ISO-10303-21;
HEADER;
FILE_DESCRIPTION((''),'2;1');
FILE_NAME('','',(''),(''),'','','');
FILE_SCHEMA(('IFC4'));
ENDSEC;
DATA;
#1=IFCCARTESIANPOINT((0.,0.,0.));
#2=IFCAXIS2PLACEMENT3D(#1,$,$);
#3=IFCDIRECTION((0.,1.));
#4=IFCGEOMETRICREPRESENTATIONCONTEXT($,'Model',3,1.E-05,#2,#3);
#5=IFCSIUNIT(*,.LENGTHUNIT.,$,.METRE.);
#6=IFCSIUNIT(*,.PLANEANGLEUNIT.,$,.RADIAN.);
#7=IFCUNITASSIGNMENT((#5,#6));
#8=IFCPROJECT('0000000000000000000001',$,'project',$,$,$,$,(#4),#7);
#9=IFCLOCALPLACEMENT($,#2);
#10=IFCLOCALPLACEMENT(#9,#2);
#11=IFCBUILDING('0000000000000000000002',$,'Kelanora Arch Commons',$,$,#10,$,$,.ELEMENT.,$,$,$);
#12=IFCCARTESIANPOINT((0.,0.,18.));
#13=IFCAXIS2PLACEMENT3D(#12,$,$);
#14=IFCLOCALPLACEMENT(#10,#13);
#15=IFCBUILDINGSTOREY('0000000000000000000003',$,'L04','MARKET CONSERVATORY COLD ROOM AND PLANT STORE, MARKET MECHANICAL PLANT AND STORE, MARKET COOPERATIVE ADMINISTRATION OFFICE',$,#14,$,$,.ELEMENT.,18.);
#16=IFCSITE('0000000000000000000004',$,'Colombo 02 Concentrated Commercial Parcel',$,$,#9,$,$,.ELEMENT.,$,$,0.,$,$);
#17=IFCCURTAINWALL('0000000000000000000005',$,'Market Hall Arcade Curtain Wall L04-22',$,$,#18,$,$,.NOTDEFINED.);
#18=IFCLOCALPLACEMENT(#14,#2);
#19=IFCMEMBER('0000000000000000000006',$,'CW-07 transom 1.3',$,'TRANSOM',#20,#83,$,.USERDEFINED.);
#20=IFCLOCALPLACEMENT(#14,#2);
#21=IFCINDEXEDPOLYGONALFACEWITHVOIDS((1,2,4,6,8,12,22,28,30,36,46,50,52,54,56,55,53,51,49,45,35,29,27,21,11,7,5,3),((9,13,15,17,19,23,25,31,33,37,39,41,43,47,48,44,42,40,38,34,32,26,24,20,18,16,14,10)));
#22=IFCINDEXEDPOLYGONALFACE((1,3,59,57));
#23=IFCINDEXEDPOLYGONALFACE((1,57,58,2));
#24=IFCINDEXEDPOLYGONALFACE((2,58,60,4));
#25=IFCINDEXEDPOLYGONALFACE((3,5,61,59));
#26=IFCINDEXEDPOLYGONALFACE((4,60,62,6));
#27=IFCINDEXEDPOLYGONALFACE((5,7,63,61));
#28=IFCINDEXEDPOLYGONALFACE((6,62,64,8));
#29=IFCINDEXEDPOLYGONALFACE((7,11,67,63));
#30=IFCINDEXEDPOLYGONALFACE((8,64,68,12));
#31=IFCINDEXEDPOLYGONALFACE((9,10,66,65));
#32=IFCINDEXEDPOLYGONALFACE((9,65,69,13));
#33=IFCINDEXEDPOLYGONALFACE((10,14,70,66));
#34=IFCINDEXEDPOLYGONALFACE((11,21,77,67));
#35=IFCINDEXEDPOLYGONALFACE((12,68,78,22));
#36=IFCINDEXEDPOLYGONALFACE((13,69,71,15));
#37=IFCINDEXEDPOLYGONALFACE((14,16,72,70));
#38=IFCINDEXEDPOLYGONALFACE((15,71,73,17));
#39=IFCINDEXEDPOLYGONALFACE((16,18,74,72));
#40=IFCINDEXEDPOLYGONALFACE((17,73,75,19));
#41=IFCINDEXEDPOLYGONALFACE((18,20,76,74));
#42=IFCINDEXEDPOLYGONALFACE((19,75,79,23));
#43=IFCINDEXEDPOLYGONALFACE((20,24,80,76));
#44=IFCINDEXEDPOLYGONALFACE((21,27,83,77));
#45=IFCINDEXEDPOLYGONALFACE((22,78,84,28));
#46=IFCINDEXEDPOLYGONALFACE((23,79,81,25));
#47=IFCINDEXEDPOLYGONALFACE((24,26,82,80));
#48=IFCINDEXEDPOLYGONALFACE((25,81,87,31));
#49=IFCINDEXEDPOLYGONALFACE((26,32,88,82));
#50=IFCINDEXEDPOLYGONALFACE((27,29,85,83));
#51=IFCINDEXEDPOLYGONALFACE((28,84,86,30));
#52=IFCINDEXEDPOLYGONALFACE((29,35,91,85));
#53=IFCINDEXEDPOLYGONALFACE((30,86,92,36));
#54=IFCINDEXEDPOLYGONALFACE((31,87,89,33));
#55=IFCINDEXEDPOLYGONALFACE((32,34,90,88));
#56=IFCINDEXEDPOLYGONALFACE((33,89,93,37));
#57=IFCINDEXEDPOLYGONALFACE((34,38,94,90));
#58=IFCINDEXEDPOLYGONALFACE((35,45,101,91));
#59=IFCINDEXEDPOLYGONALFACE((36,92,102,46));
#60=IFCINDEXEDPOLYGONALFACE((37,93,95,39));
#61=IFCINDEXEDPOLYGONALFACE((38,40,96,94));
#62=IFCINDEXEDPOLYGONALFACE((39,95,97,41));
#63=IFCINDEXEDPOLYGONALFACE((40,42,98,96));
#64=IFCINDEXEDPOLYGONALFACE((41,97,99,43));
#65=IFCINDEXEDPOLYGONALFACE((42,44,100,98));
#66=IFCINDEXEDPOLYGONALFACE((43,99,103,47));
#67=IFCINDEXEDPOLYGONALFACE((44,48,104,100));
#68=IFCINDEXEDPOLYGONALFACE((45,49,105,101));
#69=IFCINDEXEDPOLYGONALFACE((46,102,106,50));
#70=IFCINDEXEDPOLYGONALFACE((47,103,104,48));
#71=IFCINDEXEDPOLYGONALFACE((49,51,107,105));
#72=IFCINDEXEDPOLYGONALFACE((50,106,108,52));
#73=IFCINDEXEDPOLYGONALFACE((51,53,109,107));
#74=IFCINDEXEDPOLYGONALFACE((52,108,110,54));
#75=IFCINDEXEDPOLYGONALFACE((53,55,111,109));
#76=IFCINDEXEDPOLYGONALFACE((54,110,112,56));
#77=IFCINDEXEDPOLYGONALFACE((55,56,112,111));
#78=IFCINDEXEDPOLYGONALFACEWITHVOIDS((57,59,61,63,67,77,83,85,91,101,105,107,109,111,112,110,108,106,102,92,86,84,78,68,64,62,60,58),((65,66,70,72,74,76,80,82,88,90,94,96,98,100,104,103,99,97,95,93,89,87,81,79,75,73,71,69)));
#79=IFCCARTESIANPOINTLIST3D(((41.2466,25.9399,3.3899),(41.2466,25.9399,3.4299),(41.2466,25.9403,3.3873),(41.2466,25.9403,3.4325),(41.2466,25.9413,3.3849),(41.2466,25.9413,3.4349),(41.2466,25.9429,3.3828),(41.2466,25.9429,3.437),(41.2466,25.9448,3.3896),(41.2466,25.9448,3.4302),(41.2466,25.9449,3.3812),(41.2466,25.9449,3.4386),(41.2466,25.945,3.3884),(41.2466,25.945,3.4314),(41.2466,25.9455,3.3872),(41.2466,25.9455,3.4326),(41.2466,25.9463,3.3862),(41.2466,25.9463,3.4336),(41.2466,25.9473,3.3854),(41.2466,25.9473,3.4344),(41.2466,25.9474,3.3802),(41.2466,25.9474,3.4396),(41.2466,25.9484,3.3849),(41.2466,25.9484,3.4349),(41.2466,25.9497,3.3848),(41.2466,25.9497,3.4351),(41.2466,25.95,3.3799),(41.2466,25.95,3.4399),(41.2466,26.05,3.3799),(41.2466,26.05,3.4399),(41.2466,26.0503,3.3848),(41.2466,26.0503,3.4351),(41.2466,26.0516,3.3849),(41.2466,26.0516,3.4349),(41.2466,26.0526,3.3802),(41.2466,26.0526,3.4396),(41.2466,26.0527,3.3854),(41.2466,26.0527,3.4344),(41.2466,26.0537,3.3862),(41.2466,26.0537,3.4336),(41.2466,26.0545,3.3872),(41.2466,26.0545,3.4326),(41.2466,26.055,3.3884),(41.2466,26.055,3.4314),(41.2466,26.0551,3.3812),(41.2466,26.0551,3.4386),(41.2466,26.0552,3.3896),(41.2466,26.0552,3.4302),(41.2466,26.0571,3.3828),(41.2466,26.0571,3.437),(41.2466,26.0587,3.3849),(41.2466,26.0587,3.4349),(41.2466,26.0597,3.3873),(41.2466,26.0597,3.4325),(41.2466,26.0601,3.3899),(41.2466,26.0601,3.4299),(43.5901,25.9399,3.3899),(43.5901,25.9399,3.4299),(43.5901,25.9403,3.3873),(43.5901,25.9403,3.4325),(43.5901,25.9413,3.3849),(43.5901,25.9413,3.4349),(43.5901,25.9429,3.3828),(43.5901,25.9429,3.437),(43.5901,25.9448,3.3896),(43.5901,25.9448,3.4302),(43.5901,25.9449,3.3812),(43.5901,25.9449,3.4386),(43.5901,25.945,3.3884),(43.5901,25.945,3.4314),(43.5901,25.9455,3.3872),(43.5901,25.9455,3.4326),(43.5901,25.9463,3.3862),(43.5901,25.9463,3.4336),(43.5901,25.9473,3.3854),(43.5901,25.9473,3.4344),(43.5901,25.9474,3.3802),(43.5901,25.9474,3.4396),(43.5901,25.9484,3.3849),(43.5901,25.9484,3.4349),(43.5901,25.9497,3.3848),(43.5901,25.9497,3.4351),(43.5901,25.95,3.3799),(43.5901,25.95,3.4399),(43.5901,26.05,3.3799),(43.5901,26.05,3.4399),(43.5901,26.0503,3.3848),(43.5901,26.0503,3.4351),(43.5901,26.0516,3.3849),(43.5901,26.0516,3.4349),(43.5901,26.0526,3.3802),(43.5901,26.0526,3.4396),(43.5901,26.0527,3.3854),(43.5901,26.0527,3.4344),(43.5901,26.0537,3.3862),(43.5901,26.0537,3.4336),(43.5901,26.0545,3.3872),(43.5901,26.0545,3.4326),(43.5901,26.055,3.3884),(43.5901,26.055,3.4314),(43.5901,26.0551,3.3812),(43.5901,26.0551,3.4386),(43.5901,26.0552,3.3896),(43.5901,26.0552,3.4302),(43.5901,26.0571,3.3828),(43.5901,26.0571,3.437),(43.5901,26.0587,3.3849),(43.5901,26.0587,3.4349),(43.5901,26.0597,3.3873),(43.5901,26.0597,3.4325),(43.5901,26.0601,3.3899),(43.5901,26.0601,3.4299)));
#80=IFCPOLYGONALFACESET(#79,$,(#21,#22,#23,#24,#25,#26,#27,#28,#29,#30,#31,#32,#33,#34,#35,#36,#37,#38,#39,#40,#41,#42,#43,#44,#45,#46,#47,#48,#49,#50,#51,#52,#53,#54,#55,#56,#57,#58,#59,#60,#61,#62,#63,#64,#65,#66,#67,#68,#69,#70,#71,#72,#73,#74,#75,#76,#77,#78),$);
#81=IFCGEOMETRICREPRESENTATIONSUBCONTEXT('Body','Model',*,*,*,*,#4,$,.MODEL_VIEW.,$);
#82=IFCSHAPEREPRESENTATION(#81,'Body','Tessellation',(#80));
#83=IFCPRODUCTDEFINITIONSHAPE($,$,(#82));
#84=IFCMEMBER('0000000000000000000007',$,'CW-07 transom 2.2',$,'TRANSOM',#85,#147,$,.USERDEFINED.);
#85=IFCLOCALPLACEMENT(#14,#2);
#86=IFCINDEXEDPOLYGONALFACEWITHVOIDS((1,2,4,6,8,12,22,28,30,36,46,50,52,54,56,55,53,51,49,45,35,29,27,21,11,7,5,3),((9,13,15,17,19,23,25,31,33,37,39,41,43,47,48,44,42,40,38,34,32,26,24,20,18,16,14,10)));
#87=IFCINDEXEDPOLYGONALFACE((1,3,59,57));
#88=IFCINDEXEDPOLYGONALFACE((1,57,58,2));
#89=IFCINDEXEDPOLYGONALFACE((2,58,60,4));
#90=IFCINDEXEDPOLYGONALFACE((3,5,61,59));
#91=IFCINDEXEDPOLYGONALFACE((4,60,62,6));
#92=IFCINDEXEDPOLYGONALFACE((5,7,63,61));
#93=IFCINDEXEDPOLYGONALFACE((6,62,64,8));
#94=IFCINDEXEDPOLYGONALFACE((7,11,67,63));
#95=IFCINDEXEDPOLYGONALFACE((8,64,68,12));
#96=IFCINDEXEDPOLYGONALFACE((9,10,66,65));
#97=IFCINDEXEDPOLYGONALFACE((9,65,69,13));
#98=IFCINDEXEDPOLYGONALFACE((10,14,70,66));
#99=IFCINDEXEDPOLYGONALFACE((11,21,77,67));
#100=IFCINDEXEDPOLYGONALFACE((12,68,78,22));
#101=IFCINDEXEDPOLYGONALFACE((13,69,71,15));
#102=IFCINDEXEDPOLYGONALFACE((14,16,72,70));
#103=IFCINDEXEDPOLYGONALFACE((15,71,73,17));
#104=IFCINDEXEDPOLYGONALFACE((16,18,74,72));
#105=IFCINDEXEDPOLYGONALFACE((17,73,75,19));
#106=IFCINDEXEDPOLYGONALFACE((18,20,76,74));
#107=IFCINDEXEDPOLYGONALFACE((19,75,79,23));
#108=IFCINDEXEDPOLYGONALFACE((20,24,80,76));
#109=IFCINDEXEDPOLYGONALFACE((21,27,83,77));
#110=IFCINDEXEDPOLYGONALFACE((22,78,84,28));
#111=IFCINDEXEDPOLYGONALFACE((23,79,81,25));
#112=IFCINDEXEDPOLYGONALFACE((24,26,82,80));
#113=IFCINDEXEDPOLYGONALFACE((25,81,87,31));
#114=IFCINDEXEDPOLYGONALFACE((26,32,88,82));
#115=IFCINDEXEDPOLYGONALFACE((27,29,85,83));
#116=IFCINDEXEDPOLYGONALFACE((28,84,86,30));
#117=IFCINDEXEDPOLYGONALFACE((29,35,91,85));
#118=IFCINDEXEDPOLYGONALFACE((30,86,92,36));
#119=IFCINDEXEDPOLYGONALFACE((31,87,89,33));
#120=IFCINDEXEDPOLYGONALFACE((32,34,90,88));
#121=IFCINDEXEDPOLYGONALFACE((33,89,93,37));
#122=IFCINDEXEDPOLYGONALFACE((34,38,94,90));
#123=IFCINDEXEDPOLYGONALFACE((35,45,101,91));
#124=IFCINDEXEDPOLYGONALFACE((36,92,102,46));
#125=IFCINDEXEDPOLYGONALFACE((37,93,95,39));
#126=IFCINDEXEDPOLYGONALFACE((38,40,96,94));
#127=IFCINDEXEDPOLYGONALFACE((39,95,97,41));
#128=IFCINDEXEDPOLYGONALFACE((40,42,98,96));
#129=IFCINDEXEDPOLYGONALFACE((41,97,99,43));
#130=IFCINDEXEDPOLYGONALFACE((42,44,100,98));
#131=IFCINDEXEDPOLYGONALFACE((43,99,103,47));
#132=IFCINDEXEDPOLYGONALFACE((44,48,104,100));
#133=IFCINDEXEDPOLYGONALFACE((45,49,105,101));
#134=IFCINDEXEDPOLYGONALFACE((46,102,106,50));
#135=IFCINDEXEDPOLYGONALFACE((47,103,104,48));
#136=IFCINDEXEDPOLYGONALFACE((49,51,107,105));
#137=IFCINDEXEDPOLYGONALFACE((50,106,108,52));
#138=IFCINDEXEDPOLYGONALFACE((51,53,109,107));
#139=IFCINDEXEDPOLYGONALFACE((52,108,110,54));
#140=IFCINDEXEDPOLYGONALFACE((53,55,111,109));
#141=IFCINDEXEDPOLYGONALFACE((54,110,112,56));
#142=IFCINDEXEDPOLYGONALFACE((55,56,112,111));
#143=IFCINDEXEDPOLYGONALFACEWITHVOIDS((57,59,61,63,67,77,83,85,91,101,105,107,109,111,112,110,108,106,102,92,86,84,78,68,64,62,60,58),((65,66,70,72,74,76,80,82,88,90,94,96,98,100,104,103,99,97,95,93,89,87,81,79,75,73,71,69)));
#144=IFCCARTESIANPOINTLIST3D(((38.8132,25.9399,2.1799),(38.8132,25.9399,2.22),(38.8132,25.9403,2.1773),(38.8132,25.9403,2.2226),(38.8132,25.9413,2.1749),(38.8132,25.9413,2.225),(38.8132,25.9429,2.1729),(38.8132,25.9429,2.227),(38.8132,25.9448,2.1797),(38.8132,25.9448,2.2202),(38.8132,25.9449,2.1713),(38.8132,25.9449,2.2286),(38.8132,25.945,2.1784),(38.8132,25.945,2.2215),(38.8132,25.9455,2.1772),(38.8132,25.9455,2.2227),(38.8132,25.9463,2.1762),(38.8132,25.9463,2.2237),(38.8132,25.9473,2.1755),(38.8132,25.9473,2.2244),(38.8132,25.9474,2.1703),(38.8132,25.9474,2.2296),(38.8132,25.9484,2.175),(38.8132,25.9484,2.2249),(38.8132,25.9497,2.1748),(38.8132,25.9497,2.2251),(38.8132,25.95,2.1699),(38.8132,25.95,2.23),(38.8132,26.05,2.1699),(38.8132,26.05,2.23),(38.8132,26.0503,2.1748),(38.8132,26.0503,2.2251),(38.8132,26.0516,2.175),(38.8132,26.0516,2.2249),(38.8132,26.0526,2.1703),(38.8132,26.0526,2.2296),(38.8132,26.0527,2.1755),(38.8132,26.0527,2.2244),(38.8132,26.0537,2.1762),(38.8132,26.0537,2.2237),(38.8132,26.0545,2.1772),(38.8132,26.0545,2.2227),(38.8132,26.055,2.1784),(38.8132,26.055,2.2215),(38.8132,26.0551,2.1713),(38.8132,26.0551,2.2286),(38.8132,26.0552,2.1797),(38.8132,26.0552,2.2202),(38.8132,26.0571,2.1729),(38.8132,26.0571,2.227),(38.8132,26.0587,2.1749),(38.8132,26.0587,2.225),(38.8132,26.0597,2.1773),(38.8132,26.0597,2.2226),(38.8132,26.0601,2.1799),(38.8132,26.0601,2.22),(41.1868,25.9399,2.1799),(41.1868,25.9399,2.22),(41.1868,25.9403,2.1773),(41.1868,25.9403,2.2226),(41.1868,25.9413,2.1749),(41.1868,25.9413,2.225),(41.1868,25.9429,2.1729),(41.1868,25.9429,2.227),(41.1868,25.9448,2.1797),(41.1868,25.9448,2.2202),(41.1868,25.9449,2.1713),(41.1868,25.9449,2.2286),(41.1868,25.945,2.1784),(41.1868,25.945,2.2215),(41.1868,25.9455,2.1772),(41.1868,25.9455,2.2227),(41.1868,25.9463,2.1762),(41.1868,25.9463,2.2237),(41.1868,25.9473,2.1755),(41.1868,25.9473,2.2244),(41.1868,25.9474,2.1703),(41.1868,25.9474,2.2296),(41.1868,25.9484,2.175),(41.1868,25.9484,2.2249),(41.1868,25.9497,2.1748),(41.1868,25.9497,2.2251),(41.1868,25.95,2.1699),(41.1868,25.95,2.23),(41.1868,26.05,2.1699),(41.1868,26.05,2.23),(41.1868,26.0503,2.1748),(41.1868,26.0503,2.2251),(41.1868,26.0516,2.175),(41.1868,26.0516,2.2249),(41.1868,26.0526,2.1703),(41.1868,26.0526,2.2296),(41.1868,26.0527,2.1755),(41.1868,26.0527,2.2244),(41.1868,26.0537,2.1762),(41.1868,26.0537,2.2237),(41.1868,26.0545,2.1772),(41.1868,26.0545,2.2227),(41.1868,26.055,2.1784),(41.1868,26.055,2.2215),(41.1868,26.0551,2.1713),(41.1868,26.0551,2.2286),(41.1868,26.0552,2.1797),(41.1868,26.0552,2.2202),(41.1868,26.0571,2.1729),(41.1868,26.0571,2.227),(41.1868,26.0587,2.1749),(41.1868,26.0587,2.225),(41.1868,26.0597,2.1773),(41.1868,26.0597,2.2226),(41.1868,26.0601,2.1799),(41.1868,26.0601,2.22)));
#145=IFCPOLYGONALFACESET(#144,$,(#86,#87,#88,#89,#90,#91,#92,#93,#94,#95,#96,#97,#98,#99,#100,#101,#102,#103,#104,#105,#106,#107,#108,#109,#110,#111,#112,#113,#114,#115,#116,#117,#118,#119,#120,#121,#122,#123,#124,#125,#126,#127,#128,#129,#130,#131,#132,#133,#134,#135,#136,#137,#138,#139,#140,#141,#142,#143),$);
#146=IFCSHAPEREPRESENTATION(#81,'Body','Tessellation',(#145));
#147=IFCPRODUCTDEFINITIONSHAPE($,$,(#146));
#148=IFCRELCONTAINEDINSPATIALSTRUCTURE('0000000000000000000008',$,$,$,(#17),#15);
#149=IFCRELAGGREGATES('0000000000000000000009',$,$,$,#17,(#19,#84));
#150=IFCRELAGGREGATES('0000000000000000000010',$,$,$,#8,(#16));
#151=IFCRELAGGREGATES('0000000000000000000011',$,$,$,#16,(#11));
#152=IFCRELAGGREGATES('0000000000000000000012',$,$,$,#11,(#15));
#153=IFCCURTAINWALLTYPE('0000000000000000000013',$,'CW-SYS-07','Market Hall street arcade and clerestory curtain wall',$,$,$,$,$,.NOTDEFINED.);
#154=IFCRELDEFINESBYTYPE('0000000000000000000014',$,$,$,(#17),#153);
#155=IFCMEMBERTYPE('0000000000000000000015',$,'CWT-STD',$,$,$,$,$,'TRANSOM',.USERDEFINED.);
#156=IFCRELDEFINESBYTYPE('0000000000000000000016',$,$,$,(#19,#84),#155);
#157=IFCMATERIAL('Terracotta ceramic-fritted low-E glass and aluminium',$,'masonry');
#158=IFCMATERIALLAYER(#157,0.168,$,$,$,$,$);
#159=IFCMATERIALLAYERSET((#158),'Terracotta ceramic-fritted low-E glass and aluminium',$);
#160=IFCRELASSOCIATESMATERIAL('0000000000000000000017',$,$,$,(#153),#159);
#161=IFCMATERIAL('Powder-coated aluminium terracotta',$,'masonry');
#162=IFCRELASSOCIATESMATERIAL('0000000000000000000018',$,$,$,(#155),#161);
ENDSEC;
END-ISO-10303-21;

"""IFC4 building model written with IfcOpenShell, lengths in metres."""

from ifc_helpers import new_model, si_unit, direction, frame, origin, origin_2d, place, context, subcontext, project, spatial, hollow_rectangle, extrude, material, layer, layer_set, material_profile, profile_set, type_object, element, aggregate, save


model = new_model("IFC4")

# Units and contexts
model_context = context("Model", 3, precision=1e-05, world=origin(), true_north=direction((0.0, 1.0)))
body_context = subcontext(model_context, "Body", "Model", "MODEL_VIEW")
ifc_project = project(units=[si_unit("LENGTHUNIT", "METRE"), si_unit("PLANEANGLEUNIT", "RADIAN")], contexts=[model_context])

# Site, building, storey
site_placement = place(None, origin())
site = spatial("IfcSite", under=ifc_project, at=site_placement, Name="Colombo 02 Concentrated Commercial Parcel", CompositionType="ELEMENT", RefElevation=0.0)
building_placement = place(site_placement, origin())
building = spatial("IfcBuilding", under=site, at=building_placement, Name="Kelanora Arch Commons", CompositionType="ELEMENT")
storey_placement = place(building_placement, frame((0.0, 0.0, 18.0)))
storey = spatial("IfcBuildingStorey", under=building, at=storey_placement, Name="L04", Description="MARKET CONSERVATORY COLD ROOM AND PLANT STORE, MARKET MECHANICAL PLANT AND STORE, MARKET COOPERATIVE ADMINISTRATION OFFICE", CompositionType="ELEMENT", Elevation=18.0)

# Curtain wall, members
ifc_material_1 = material(Name="Terracotta ceramic-fritted low-E glass and aluminium", Category="masonry")
ifc_layer_1 = layer(ifc_material_1, 0.168)
ifc_layer_set_1 = layer_set([ifc_layer_1], Name="Terracotta ceramic-fritted low-E glass and aluminium")
curtain_wall_type = type_object("IfcCurtainWallType", Name="CW-SYS-07", Description="Market Hall street arcade and clerestory curtain wall", PredefinedType="NOTDEFINED", material=ifc_layer_set_1)
curtain_wall_placement = place(storey_placement, origin())
curtain_wall = element("IfcCurtainWall", 1, at=curtain_wall_placement, inside=storey, type_object=curtain_wall_type, Name="Market Hall Arcade Curtain Wall L04-22", PredefinedType="NOTDEFINED")
ifc_material_2 = material(Name="Powder-coated aluminium terracotta", Category="masonry")
ifc_material_profile_1 = material_profile(ifc_material_2, hollow_rectangle(XDim=0.1201, YDim=0.0601, WallThickness=0.0049, InnerFilletRadius=0.0049, OuterFilletRadius=0.01, at=origin_2d()), Name="CWT120x60")
ifc_profile_set_1 = profile_set([ifc_material_profile_1], Name="Powder-coated aluminium terracotta")
member_type_1 = type_object("IfcMemberType", Name="CWT-STD", ElementType="TRANSOM", PredefinedType="USERDEFINED", material=ifc_profile_set_1)
member_1_placement = place(storey_placement, frame((43.5901, 26.0, 3.4099), z_axis=(-1.0, 0.0, 0.0), x_axis=(0.0, -1.0, 0.0)))
member_1 = element("IfcMember", 2, at=member_1_placement, type_object=member_type_1, Name="CW-07 transom 1.3", ObjectType="TRANSOM", PredefinedType="USERDEFINED", context=body_context, shape_type="SweptSolid", body=[
    extrude(hollow_rectangle(XDim=0.1201, YDim=0.0601, WallThickness=0.0049, InnerFilletRadius=0.0049, OuterFilletRadius=0.01, at=origin_2d()), origin(), (0.0, 0.0, 1.0), 2.3435),
])
member_2_placement = place(storey_placement, frame((41.1868, 26.0, 2.2), z_axis=(-1.0, 0.0, 0.0), x_axis=(0.0, -1.0, 0.0)))
member_2 = element("IfcMember", 3, at=member_2_placement, type_object=member_type_1, Name="CW-07 transom 2.2", ObjectType="TRANSOM", PredefinedType="USERDEFINED", context=body_context, shape_type="SweptSolid", body=[
    extrude(hollow_rectangle(XDim=0.1201, YDim=0.0601, WallThickness=0.0049, InnerFilletRadius=0.0049, OuterFilletRadius=0.01, at=origin_2d()), origin(), (0.0, 0.0, 1.0), 2.3735),
])

aggregate(curtain_wall, [member_1, member_2])

save(model, "model.ifc")
